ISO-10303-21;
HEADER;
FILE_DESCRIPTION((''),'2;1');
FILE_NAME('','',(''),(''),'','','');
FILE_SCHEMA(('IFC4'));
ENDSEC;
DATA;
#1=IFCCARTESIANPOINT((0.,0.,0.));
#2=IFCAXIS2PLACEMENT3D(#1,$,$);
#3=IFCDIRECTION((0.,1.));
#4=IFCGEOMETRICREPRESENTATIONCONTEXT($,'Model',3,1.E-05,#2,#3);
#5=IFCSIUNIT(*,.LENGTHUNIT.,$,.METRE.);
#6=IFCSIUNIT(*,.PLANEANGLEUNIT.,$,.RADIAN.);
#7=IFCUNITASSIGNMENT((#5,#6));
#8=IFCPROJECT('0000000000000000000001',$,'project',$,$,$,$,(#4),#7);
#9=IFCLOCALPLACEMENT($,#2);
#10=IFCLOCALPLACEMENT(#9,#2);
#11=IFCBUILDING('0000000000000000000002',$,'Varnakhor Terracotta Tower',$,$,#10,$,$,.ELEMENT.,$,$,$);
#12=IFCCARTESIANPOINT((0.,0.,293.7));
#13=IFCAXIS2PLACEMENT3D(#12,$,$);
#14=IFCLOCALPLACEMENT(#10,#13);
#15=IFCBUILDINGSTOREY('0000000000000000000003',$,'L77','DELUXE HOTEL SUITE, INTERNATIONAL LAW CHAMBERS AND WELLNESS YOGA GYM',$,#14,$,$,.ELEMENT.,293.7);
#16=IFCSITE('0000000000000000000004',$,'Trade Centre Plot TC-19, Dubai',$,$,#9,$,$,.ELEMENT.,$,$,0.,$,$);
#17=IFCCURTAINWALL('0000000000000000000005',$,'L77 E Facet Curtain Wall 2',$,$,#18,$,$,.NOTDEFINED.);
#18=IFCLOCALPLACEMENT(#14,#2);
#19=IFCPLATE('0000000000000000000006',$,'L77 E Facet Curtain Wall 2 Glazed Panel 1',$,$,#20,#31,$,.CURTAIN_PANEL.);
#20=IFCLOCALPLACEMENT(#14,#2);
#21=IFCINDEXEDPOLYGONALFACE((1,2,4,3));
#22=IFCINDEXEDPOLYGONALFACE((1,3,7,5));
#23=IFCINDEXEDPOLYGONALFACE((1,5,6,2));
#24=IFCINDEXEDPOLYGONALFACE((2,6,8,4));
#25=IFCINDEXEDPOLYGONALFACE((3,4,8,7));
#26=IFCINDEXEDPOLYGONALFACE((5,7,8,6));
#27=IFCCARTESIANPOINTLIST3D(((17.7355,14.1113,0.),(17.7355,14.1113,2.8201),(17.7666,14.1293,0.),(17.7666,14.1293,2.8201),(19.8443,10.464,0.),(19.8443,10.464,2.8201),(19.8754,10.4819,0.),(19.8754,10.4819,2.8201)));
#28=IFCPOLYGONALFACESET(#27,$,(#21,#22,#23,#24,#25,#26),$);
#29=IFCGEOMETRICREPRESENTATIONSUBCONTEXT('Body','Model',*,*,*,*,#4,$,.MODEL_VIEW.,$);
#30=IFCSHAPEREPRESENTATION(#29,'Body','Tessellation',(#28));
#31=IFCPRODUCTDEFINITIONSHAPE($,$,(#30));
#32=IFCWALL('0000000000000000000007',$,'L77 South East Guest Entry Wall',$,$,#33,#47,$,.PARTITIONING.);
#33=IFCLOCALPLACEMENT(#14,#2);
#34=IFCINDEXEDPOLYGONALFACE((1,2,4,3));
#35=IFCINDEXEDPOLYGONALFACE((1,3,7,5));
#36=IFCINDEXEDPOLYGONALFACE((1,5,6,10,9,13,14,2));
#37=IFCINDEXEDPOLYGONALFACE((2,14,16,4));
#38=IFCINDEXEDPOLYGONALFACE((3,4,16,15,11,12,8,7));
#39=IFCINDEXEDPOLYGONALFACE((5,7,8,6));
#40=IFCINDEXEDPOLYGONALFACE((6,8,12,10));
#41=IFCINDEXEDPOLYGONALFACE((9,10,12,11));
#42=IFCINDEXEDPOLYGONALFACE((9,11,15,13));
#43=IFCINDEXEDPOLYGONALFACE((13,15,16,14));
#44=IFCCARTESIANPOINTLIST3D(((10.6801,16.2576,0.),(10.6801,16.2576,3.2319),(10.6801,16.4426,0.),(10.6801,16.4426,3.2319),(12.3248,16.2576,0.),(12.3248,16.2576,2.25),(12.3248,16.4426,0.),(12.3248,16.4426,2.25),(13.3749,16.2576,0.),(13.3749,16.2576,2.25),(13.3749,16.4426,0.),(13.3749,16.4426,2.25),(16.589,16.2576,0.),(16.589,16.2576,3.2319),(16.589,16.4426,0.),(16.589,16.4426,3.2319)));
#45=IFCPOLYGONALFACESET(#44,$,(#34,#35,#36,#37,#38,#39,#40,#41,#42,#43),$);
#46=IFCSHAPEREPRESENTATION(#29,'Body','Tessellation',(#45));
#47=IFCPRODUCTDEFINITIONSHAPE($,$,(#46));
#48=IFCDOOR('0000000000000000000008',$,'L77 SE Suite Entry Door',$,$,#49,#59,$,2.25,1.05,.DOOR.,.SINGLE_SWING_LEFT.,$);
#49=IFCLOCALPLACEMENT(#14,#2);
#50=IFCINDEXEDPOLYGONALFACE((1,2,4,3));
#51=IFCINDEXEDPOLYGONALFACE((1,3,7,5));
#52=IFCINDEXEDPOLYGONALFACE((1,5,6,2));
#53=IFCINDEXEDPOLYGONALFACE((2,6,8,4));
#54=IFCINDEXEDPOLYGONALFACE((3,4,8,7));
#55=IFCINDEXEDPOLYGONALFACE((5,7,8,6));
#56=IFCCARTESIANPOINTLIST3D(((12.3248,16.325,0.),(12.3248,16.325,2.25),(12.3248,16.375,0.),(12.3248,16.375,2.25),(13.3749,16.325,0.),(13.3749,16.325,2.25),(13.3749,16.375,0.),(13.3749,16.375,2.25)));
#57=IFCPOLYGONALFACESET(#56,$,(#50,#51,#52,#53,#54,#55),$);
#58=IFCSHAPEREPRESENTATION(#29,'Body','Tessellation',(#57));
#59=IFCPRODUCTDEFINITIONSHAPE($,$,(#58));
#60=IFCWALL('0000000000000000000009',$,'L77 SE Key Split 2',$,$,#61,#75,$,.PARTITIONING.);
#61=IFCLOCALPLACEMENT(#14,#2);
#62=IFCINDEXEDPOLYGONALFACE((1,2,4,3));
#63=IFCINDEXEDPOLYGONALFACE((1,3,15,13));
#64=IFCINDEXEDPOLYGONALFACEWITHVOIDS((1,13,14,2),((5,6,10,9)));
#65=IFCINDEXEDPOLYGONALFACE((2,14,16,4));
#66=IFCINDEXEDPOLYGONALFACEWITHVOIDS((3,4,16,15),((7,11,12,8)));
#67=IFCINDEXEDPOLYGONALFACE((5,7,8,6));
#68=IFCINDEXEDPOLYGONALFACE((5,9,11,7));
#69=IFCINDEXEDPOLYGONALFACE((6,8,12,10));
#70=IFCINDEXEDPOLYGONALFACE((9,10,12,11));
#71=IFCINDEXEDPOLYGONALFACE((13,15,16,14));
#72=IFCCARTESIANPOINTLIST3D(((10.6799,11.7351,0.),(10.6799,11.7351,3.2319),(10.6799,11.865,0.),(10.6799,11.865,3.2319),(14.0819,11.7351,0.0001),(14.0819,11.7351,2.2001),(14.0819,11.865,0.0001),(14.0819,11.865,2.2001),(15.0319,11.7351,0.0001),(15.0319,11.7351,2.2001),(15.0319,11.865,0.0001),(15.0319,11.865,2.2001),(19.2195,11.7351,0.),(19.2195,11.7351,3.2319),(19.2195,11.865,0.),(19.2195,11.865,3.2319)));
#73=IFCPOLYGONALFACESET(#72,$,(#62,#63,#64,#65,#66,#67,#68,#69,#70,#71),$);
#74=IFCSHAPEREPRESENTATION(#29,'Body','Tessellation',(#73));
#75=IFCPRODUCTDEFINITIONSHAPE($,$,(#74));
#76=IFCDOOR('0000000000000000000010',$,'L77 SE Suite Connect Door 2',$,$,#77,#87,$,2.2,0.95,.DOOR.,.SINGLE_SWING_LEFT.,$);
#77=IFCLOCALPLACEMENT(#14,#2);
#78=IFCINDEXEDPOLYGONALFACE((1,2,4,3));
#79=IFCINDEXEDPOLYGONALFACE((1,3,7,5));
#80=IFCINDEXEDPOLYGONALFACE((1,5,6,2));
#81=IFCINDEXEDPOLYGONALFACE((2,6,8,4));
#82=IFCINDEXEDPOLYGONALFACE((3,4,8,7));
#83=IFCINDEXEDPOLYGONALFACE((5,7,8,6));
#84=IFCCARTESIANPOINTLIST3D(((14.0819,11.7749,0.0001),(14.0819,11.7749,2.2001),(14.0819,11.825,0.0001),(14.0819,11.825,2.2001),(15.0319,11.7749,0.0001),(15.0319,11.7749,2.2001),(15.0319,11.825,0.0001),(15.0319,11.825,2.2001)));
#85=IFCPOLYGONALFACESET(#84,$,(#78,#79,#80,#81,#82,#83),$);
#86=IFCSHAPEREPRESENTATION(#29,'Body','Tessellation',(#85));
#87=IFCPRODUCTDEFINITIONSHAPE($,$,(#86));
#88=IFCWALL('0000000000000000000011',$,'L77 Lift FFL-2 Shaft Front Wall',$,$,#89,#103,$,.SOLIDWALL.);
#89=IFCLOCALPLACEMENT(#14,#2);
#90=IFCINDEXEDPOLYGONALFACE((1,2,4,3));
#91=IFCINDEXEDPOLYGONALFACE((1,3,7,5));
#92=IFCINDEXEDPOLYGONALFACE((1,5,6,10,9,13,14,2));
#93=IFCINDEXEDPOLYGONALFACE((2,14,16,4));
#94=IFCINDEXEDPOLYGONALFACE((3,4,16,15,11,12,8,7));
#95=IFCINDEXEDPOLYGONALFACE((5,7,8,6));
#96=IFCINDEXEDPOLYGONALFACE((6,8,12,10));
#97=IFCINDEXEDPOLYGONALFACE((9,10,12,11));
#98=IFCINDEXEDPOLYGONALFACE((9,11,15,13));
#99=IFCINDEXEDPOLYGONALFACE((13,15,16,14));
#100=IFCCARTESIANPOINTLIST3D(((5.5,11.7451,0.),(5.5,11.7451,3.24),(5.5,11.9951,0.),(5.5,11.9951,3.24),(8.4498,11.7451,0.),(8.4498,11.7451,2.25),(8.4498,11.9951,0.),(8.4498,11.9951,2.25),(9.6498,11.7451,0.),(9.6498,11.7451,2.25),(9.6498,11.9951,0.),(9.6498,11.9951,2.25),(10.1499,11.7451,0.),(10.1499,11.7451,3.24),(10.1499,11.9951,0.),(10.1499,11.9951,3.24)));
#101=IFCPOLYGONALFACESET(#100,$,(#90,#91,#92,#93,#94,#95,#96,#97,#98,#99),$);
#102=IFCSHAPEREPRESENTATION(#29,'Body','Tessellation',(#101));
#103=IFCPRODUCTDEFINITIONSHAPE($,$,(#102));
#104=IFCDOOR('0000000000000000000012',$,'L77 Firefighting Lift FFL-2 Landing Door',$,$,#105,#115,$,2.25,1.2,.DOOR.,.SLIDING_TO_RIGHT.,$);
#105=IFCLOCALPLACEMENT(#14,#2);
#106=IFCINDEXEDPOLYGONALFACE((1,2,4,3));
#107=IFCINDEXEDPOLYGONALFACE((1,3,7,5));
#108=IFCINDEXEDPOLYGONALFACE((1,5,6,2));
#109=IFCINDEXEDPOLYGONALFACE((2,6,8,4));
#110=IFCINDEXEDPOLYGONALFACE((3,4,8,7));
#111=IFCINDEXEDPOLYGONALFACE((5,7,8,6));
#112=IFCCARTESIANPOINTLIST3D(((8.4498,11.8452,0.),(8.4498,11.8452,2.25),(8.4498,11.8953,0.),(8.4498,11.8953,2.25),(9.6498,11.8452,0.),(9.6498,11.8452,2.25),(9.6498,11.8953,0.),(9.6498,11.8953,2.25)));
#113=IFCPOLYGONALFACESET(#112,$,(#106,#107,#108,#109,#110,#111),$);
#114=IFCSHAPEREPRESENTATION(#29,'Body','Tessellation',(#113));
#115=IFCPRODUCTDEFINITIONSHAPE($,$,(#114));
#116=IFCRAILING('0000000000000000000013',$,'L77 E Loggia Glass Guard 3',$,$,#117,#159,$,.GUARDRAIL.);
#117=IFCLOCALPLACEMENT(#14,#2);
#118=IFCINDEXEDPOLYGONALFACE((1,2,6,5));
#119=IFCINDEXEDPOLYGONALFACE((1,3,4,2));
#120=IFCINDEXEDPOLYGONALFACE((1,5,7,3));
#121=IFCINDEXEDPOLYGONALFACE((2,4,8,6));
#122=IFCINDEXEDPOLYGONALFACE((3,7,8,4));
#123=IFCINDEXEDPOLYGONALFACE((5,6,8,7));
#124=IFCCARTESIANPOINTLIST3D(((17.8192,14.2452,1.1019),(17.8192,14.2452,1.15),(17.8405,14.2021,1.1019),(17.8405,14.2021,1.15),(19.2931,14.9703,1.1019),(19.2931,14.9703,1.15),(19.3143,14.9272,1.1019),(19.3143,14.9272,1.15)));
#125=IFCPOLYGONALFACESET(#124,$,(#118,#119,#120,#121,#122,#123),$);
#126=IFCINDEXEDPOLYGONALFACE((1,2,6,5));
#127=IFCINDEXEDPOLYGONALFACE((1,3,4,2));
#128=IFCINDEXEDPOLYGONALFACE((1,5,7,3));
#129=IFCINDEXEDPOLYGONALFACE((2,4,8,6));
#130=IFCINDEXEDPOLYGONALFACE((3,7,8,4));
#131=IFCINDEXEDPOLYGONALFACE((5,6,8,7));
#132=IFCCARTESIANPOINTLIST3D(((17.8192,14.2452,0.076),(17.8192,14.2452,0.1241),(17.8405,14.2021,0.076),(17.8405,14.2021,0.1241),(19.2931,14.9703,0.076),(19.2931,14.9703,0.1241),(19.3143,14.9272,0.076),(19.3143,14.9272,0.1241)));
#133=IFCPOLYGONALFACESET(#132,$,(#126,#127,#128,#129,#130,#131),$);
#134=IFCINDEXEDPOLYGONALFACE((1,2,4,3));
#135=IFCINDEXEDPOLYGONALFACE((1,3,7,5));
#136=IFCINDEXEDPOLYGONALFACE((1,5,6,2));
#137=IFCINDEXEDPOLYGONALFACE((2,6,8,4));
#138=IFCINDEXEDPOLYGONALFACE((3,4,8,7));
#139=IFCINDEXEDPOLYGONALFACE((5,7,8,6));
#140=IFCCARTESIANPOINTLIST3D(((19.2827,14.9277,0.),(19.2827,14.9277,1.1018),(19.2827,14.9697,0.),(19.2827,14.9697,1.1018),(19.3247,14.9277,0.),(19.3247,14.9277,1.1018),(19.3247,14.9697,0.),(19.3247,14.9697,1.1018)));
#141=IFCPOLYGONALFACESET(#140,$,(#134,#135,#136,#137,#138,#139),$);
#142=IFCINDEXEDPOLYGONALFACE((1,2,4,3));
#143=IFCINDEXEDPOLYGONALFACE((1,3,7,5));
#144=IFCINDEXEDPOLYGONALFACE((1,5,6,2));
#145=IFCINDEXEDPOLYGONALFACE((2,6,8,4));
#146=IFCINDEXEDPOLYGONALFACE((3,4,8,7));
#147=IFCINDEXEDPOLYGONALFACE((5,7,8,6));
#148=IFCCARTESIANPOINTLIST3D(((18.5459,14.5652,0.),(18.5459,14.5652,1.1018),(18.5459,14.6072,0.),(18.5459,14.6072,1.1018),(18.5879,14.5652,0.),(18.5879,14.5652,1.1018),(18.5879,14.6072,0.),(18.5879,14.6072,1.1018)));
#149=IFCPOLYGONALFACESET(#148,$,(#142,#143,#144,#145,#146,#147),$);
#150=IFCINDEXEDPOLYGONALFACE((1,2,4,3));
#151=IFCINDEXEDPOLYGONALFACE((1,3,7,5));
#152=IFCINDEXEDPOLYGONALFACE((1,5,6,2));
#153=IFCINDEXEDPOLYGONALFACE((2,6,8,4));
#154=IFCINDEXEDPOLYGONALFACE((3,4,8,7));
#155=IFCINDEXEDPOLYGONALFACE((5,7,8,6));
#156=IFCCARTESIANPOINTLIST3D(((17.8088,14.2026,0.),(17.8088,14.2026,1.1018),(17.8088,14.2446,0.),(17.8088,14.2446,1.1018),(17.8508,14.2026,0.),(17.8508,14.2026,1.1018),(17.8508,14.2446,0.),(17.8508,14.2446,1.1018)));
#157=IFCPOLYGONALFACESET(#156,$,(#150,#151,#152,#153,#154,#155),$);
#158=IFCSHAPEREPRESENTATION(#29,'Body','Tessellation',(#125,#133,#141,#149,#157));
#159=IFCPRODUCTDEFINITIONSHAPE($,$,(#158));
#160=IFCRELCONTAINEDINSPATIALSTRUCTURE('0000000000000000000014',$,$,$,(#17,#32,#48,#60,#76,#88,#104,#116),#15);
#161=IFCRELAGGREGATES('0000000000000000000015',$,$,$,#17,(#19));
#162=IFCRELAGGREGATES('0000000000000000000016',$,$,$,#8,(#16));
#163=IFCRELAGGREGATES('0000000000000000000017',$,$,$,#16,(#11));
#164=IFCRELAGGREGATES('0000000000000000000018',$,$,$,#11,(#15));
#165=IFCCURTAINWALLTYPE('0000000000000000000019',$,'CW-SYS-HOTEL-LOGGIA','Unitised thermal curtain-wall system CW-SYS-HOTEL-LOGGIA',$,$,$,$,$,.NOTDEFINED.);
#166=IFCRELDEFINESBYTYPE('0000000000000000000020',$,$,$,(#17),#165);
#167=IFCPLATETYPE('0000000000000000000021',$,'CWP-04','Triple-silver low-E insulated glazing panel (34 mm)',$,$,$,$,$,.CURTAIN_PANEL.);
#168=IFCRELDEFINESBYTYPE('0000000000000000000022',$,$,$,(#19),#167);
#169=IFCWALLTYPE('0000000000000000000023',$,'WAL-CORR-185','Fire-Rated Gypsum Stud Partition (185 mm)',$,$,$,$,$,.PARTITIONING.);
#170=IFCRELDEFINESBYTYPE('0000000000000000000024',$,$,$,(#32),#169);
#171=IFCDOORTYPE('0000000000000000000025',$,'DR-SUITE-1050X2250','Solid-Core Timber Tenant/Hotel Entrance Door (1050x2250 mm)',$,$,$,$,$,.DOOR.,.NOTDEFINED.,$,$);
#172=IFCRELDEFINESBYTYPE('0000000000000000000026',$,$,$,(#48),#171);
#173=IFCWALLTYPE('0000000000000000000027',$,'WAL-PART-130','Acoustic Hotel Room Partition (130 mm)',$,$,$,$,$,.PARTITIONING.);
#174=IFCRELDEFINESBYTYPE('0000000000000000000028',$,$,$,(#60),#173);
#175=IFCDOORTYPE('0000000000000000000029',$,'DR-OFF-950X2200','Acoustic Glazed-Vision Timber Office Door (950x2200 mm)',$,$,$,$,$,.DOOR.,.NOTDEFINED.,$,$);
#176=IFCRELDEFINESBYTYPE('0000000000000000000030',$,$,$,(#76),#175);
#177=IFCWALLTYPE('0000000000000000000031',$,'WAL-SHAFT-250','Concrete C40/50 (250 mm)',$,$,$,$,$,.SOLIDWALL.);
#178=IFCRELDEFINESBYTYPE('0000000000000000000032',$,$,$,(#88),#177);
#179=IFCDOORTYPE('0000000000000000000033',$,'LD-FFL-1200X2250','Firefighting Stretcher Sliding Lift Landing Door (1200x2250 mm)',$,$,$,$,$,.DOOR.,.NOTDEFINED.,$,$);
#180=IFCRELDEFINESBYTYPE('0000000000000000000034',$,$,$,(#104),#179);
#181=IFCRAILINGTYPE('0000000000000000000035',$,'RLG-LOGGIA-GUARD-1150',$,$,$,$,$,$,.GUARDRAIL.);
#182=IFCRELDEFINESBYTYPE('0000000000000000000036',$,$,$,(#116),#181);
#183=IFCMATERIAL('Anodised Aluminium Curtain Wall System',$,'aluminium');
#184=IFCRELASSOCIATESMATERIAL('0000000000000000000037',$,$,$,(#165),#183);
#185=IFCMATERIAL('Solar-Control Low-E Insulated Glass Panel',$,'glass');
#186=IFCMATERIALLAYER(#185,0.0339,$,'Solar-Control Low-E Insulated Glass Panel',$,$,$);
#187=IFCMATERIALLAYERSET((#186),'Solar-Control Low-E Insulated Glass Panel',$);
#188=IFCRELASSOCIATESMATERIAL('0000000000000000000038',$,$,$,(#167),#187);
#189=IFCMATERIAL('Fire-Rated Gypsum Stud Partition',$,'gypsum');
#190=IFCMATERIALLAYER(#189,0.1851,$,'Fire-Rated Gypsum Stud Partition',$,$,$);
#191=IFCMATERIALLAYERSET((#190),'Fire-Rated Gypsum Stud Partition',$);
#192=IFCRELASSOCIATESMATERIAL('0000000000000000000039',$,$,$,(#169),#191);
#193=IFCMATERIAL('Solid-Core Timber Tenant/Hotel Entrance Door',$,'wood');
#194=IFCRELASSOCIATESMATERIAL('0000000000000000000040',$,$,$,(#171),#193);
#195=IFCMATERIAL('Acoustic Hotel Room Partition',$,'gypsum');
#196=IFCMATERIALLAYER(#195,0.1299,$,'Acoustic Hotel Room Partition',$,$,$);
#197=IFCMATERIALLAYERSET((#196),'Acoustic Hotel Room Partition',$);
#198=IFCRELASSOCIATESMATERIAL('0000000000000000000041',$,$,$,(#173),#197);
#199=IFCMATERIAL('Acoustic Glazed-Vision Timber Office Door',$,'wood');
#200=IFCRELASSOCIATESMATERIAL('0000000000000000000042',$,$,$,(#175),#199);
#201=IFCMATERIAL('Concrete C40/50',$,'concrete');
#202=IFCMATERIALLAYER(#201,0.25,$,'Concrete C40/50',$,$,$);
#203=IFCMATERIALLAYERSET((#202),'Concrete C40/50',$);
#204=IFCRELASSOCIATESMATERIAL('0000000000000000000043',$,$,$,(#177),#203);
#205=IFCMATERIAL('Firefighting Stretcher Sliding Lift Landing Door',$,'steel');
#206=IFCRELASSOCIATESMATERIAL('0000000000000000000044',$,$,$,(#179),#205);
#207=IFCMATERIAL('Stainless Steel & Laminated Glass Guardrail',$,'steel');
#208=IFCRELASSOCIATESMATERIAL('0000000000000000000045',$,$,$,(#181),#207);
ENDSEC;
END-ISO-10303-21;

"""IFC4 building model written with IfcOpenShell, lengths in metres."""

from ifc_helpers import new_model, si_unit, direction, frame, frame_2d, origin, origin_2d, place, context, subcontext, project, spatial, rectangle, extrude, source, transform, mapped, material, layer, layer_set, type_object, type_shapes, element, fill, aggregate, save


model = new_model("IFC4")

# Units and contexts
model_context = context("Model", 3, precision=1e-05, world=origin(), true_north=direction((0.0, 1.0)))
body_context = subcontext(model_context, "Body", "Model", "MODEL_VIEW")
ifc_project = project(units=[si_unit("LENGTHUNIT", "METRE"), si_unit("PLANEANGLEUNIT", "RADIAN")], contexts=[model_context])

# Site, building, storey
site_placement = place(None, origin())
site = spatial("IfcSite", under=ifc_project, at=site_placement, Name="Trade Centre Plot TC-19, Dubai", CompositionType="ELEMENT", RefElevation=0.0)
building_placement = place(site_placement, origin())
building = spatial("IfcBuilding", under=site, at=building_placement, Name="Varnakhor Terracotta Tower", CompositionType="ELEMENT")
storey_placement = place(building_placement, frame((0.0, 0.0, 293.7)))
storey = spatial("IfcBuildingStorey", under=building, at=storey_placement, Name="L77", Description="DELUXE HOTEL SUITE, INTERNATIONAL LAW CHAMBERS AND WELLNESS YOGA GYM", CompositionType="ELEMENT", Elevation=293.7)

# Curtain wall
ifc_material_1 = material(Name="Anodised Aluminium Curtain Wall System", Category="aluminium")
curtain_wall_type = type_object("IfcCurtainWallType", Name="CW-SYS-HOTEL-LOGGIA", Description="Unitised thermal curtain-wall system CW-SYS-HOTEL-LOGGIA", PredefinedType="NOTDEFINED", material=ifc_material_1)
curtain_wall_placement = place(storey_placement, origin())
curtain_wall = element("IfcCurtainWall", 1, at=curtain_wall_placement, inside=storey, type_object=curtain_wall_type, Name="L77 E Facet Curtain Wall 2", PredefinedType="NOTDEFINED")

# Plate
ifc_material_2 = material(Name="Solar-Control Low-E Insulated Glass Panel", Category="glass")
ifc_layer_1 = layer(ifc_material_2, 0.0339, Name="Solar-Control Low-E Insulated Glass Panel")
ifc_layer_set_1 = layer_set([ifc_layer_1], Name="Solar-Control Low-E Insulated Glass Panel")
plate_type = type_object("IfcPlateType", Name="CWP-04", Description="Triple-silver low-E insulated glazing panel (34 mm)", PredefinedType="CURTAIN_PANEL", material=ifc_layer_set_1)
shared_shape_1 = source(origin(), body_context, "Body", "SweptSolid", [
    extrude(rectangle(XDim=4.2131, YDim=0.0359, at=origin_2d()), origin(), (0.0, 0.0, 1.0), 2.8201),
])
plate_1_placement = place(storey_placement, frame((18.8054, 12.2966, 0.0), z_axis=(0.0, 0.0, 1.0), x_axis=(0.500529, -0.86572, 0.0)))
plate_1 = element("IfcPlate", 2, at=plate_1_placement, type_object=plate_type, Name="L77 E Facet Curtain Wall 2 Glazed Panel 1", PredefinedType="CURTAIN_PANEL", context=body_context, shape_type="MappedRepresentation", body=[
    mapped(shared_shape_1, transform((0.0, 0.0, 0.0), scale=1.0)),
])
aggregate(curtain_wall, [plate_1])

# Walls, openings, doors
ifc_material_3 = material(Name="Fire-Rated Gypsum Stud Partition", Category="gypsum")
ifc_layer_2 = layer(ifc_material_3, 0.1851, Name="Fire-Rated Gypsum Stud Partition")
ifc_layer_set_2 = layer_set([ifc_layer_2], Name="Fire-Rated Gypsum Stud Partition")
wall_type_1 = type_object("IfcWallType", Name="WAL-CORR-185", Description="Fire-Rated Gypsum Stud Partition (185 mm)", PredefinedType="PARTITIONING", material=ifc_layer_set_2)
wall_1_placement = place(storey_placement, frame((10.6799, 16.3501, 0.0), z_axis=(0.0, 0.0, 1.0), x_axis=(1.0, 0.0, 0.0)))
wall_1 = element("IfcWall", 3, at=wall_1_placement, inside=storey, type_object=wall_type_1, Name="L77 South East Guest Entry Wall", PredefinedType="PARTITIONING", context=body_context, shape_type="SweptSolid", body=[
    extrude(rectangle(XDim=5.9089, YDim=0.1851, at=frame_2d((2.9546, 0.0))), origin(), (0.0, 0.0, 1.0), 3.2319),
])
opening_1_placement = place(wall_1_placement, frame((1.645, 0.0, 0.0)))
opening_1 = element("IfcOpeningElement", 4, at=opening_1_placement, cuts=wall_1, PredefinedType="OPENING", context=body_context, shape_type="SweptSolid", body=[
    extrude(rectangle(XDim=1.05, YDim=2.25, at=frame_2d((0.5249, 1.125))), frame((0.0, 0.1025, 0.0), z_axis=(0.0, -1.0, 0.0), x_axis=(1.0, 0.0, 0.0)), (0.0, 0.0, 1.0), 0.2051),
])
ifc_material_4 = material(Name="Solid-Core Timber Tenant/Hotel Entrance Door", Category="wood")
door_type_1 = type_object("IfcDoorType", Name="DR-SUITE-1050X2250", Description="Solid-Core Timber Tenant/Hotel Entrance Door (1050x2250 mm)", OperationType="NOTDEFINED", PredefinedType="DOOR", material=ifc_material_4)
shared_shape_2 = source(origin(), body_context, "Body", "SweptSolid", [
    extrude(rectangle(XDim=1.05, YDim=2.25, at=frame_2d((0.5249, 1.125))), frame((0.0, 0.0249, 0.0), z_axis=(0.0, -1.0, 0.0), x_axis=(1.0, 0.0, 0.0)), (0.0, 0.0, 1.0), 0.05),
])
type_shapes(door_type_1, [shared_shape_2])
door_1_placement = place(opening_1_placement, origin())
door_1 = element("IfcDoor", 5, at=door_1_placement, inside=storey, type_object=door_type_1, Name="L77 SE Suite Entry Door", OperationType="SINGLE_SWING_LEFT", OverallHeight=2.25, OverallWidth=1.05, PredefinedType="DOOR", context=body_context, shape_type="MappedRepresentation", body=[
    mapped(shared_shape_2, transform((0.0, 0.0, 0.0), scale=1.0)),
])
fill(opening_1, door_1)
ifc_material_5 = material(Name="Acoustic Hotel Room Partition", Category="gypsum")
ifc_layer_3 = layer(ifc_material_5, 0.1299, Name="Acoustic Hotel Room Partition")
ifc_layer_set_3 = layer_set([ifc_layer_3], Name="Acoustic Hotel Room Partition")
wall_type_2 = type_object("IfcWallType", Name="WAL-PART-130", Description="Acoustic Hotel Room Partition (130 mm)", PredefinedType="PARTITIONING", material=ifc_layer_set_3)
wall_2_placement = place(storey_placement, frame((10.6799, 11.8, 0.0), z_axis=(0.0, 0.0, 1.0), x_axis=(1.0, 0.0, 0.0)))
wall_2 = element("IfcWall", 6, at=wall_2_placement, inside=storey, type_object=wall_type_2, Name="L77 SE Key Split 2", PredefinedType="PARTITIONING", context=body_context, shape_type="SweptSolid", body=[
    extrude(rectangle(XDim=8.5396, YDim=0.1299, at=frame_2d((4.2698, 0.0))), origin(), (0.0, 0.0, 1.0), 3.2319),
])
opening_2_placement = place(wall_2_placement, frame((3.4019, 0.0, 0.0)))
opening_2 = element("IfcOpeningElement", 7, at=opening_2_placement, cuts=wall_2, PredefinedType="OPENING", context=body_context, shape_type="SweptSolid", body=[
    extrude(rectangle(XDim=0.95, YDim=2.2, at=frame_2d((0.4751, 1.1001))), frame((0.0, 0.075, 0.0), z_axis=(0.0, -1.0, 0.0), x_axis=(1.0, 0.0, 0.0)), (0.0, 0.0, 1.0), 0.1499),
])
ifc_material_6 = material(Name="Acoustic Glazed-Vision Timber Office Door", Category="wood")
door_type_2 = type_object("IfcDoorType", Name="DR-OFF-950X2200", Description="Acoustic Glazed-Vision Timber Office Door (950x2200 mm)", OperationType="NOTDEFINED", PredefinedType="DOOR", material=ifc_material_6)
shared_shape_3 = source(origin(), body_context, "Body", "SweptSolid", [
    extrude(rectangle(XDim=0.95, YDim=2.2, at=frame_2d((0.4751, 1.1001))), frame((0.0, 0.0249, 0.0), z_axis=(0.0, -1.0, 0.0), x_axis=(1.0, 0.0, 0.0)), (0.0, 0.0, 1.0), 0.05),
])
type_shapes(door_type_2, [shared_shape_3])
door_2_placement = place(opening_2_placement, origin())
door_2 = element("IfcDoor", 8, at=door_2_placement, inside=storey, type_object=door_type_2, Name="L77 SE Suite Connect Door 2", OperationType="SINGLE_SWING_LEFT", OverallHeight=2.2, OverallWidth=0.95, PredefinedType="DOOR", context=body_context, shape_type="MappedRepresentation", body=[
    mapped(shared_shape_3, transform((0.0, 0.0, 0.0), scale=1.0)),
])
fill(opening_2, door_2)
ifc_material_7 = material(Name="Concrete C40/50", Category="concrete")
ifc_layer_4 = layer(ifc_material_7, 0.25, Name="Concrete C40/50")
ifc_layer_set_4 = layer_set([ifc_layer_4], Name="Concrete C40/50")
wall_type_3 = type_object("IfcWallType", Name="WAL-SHAFT-250", Description="Concrete C40/50 (250 mm)", PredefinedType="SOLIDWALL", material=ifc_layer_set_4)
wall_3_placement = place(storey_placement, frame((10.1499, 11.8701, 0.0), z_axis=(0.0, 0.0, 1.0), x_axis=(-1.0, 0.0, 0.0)))
wall_3 = element("IfcWall", 9, at=wall_3_placement, inside=storey, type_object=wall_type_3, Name="L77 Lift FFL-2 Shaft Front Wall", PredefinedType="SOLIDWALL", context=body_context, shape_type="SweptSolid", body=[
    extrude(rectangle(XDim=4.6499, YDim=0.25, at=frame_2d((2.325, 0.0))), origin(), (0.0, 0.0, 1.0), 3.24),
])
opening_3_placement = place(wall_3_placement, frame((0.5, 0.0, 0.0)))
opening_3 = element("IfcOpeningElement", 10, at=opening_3_placement, cuts=wall_3, PredefinedType="OPENING", context=body_context, shape_type="SweptSolid", body=[
    extrude(rectangle(XDim=1.2, YDim=2.25, at=frame_2d((0.6001, 1.125))), frame((0.0, 0.135, 0.0), z_axis=(0.0, -1.0, 0.0), x_axis=(1.0, 0.0, 0.0)), (0.0, 0.0, 1.0), 0.27),
])
ifc_material_8 = material(Name="Firefighting Stretcher Sliding Lift Landing Door", Category="steel")
door_type_3 = type_object("IfcDoorType", Name="LD-FFL-1200X2250", Description="Firefighting Stretcher Sliding Lift Landing Door (1200x2250 mm)", OperationType="NOTDEFINED", PredefinedType="DOOR", material=ifc_material_8)
shared_shape_4 = source(origin(), body_context, "Body", "SweptSolid", [
    extrude(rectangle(XDim=1.2, YDim=2.25, at=frame_2d((0.6001, 1.125))), frame((0.0, 0.0249, 0.0), z_axis=(0.0, -1.0, 0.0), x_axis=(1.0, 0.0, 0.0)), (0.0, 0.0, 1.0), 0.05),
])
type_shapes(door_type_3, [shared_shape_4])
door_3_placement = place(opening_3_placement, origin())
door_3 = element("IfcDoor", 11, at=door_3_placement, inside=storey, type_object=door_type_3, Name="L77 Firefighting Lift FFL-2 Landing Door", OperationType="SLIDING_TO_RIGHT", OverallHeight=2.25, OverallWidth=1.2, PredefinedType="DOOR", context=body_context, shape_type="MappedRepresentation", body=[
    mapped(shared_shape_4, transform((0.0, 0.0, 0.0), scale=1.0)),
])
fill(opening_3, door_3)

# Railing
ifc_material_9 = material(Name="Stainless Steel & Laminated Glass Guardrail", Category="steel")
railing_type = type_object("IfcRailingType", Name="RLG-LOGGIA-GUARD-1150", PredefinedType="GUARDRAIL", material=ifc_material_9)
railing_placement = place(storey_placement, frame((19.3037, 14.9487, 0.0)))
element("IfcRailing", 12, at=railing_placement, inside=storey, type_object=railing_type, Name="L77 E Loggia Glass Guard 3", PredefinedType="GUARDRAIL", context=body_context, shape_type="SweptSolid", body=[
    extrude(rectangle(XDim=0.0481, YDim=0.0481, at=origin_2d()), frame((0.0, 0.0, 1.126), z_axis=(-0.897292, -0.441437, 0.0), x_axis=(0.441437, -0.897292, 0.0)), (0.0, 0.0, 1.0), 1.6426),
    extrude(rectangle(XDim=0.0481, YDim=0.0481, at=origin_2d()), frame((0.0, 0.0, 0.1001), z_axis=(-0.897292, -0.441437, 0.0), x_axis=(0.441437, -0.897292, 0.0)), (0.0, 0.0, 1.0), 1.6426),
    extrude(rectangle(XDim=0.042, YDim=0.042, at=origin_2d()), origin(), (0.0, 0.0, 1.0), 1.1018),
    extrude(rectangle(XDim=0.042, YDim=0.042, at=origin_2d()), frame((-0.7368, -0.3625, 0.0)), (0.0, 0.0, 1.0), 1.1018),
    extrude(rectangle(XDim=0.042, YDim=0.042, at=origin_2d()), frame((-1.4739, -0.7251, 0.0)), (0.0, 0.0, 1.0), 1.1018),
])

save(model, "model.ifc")
